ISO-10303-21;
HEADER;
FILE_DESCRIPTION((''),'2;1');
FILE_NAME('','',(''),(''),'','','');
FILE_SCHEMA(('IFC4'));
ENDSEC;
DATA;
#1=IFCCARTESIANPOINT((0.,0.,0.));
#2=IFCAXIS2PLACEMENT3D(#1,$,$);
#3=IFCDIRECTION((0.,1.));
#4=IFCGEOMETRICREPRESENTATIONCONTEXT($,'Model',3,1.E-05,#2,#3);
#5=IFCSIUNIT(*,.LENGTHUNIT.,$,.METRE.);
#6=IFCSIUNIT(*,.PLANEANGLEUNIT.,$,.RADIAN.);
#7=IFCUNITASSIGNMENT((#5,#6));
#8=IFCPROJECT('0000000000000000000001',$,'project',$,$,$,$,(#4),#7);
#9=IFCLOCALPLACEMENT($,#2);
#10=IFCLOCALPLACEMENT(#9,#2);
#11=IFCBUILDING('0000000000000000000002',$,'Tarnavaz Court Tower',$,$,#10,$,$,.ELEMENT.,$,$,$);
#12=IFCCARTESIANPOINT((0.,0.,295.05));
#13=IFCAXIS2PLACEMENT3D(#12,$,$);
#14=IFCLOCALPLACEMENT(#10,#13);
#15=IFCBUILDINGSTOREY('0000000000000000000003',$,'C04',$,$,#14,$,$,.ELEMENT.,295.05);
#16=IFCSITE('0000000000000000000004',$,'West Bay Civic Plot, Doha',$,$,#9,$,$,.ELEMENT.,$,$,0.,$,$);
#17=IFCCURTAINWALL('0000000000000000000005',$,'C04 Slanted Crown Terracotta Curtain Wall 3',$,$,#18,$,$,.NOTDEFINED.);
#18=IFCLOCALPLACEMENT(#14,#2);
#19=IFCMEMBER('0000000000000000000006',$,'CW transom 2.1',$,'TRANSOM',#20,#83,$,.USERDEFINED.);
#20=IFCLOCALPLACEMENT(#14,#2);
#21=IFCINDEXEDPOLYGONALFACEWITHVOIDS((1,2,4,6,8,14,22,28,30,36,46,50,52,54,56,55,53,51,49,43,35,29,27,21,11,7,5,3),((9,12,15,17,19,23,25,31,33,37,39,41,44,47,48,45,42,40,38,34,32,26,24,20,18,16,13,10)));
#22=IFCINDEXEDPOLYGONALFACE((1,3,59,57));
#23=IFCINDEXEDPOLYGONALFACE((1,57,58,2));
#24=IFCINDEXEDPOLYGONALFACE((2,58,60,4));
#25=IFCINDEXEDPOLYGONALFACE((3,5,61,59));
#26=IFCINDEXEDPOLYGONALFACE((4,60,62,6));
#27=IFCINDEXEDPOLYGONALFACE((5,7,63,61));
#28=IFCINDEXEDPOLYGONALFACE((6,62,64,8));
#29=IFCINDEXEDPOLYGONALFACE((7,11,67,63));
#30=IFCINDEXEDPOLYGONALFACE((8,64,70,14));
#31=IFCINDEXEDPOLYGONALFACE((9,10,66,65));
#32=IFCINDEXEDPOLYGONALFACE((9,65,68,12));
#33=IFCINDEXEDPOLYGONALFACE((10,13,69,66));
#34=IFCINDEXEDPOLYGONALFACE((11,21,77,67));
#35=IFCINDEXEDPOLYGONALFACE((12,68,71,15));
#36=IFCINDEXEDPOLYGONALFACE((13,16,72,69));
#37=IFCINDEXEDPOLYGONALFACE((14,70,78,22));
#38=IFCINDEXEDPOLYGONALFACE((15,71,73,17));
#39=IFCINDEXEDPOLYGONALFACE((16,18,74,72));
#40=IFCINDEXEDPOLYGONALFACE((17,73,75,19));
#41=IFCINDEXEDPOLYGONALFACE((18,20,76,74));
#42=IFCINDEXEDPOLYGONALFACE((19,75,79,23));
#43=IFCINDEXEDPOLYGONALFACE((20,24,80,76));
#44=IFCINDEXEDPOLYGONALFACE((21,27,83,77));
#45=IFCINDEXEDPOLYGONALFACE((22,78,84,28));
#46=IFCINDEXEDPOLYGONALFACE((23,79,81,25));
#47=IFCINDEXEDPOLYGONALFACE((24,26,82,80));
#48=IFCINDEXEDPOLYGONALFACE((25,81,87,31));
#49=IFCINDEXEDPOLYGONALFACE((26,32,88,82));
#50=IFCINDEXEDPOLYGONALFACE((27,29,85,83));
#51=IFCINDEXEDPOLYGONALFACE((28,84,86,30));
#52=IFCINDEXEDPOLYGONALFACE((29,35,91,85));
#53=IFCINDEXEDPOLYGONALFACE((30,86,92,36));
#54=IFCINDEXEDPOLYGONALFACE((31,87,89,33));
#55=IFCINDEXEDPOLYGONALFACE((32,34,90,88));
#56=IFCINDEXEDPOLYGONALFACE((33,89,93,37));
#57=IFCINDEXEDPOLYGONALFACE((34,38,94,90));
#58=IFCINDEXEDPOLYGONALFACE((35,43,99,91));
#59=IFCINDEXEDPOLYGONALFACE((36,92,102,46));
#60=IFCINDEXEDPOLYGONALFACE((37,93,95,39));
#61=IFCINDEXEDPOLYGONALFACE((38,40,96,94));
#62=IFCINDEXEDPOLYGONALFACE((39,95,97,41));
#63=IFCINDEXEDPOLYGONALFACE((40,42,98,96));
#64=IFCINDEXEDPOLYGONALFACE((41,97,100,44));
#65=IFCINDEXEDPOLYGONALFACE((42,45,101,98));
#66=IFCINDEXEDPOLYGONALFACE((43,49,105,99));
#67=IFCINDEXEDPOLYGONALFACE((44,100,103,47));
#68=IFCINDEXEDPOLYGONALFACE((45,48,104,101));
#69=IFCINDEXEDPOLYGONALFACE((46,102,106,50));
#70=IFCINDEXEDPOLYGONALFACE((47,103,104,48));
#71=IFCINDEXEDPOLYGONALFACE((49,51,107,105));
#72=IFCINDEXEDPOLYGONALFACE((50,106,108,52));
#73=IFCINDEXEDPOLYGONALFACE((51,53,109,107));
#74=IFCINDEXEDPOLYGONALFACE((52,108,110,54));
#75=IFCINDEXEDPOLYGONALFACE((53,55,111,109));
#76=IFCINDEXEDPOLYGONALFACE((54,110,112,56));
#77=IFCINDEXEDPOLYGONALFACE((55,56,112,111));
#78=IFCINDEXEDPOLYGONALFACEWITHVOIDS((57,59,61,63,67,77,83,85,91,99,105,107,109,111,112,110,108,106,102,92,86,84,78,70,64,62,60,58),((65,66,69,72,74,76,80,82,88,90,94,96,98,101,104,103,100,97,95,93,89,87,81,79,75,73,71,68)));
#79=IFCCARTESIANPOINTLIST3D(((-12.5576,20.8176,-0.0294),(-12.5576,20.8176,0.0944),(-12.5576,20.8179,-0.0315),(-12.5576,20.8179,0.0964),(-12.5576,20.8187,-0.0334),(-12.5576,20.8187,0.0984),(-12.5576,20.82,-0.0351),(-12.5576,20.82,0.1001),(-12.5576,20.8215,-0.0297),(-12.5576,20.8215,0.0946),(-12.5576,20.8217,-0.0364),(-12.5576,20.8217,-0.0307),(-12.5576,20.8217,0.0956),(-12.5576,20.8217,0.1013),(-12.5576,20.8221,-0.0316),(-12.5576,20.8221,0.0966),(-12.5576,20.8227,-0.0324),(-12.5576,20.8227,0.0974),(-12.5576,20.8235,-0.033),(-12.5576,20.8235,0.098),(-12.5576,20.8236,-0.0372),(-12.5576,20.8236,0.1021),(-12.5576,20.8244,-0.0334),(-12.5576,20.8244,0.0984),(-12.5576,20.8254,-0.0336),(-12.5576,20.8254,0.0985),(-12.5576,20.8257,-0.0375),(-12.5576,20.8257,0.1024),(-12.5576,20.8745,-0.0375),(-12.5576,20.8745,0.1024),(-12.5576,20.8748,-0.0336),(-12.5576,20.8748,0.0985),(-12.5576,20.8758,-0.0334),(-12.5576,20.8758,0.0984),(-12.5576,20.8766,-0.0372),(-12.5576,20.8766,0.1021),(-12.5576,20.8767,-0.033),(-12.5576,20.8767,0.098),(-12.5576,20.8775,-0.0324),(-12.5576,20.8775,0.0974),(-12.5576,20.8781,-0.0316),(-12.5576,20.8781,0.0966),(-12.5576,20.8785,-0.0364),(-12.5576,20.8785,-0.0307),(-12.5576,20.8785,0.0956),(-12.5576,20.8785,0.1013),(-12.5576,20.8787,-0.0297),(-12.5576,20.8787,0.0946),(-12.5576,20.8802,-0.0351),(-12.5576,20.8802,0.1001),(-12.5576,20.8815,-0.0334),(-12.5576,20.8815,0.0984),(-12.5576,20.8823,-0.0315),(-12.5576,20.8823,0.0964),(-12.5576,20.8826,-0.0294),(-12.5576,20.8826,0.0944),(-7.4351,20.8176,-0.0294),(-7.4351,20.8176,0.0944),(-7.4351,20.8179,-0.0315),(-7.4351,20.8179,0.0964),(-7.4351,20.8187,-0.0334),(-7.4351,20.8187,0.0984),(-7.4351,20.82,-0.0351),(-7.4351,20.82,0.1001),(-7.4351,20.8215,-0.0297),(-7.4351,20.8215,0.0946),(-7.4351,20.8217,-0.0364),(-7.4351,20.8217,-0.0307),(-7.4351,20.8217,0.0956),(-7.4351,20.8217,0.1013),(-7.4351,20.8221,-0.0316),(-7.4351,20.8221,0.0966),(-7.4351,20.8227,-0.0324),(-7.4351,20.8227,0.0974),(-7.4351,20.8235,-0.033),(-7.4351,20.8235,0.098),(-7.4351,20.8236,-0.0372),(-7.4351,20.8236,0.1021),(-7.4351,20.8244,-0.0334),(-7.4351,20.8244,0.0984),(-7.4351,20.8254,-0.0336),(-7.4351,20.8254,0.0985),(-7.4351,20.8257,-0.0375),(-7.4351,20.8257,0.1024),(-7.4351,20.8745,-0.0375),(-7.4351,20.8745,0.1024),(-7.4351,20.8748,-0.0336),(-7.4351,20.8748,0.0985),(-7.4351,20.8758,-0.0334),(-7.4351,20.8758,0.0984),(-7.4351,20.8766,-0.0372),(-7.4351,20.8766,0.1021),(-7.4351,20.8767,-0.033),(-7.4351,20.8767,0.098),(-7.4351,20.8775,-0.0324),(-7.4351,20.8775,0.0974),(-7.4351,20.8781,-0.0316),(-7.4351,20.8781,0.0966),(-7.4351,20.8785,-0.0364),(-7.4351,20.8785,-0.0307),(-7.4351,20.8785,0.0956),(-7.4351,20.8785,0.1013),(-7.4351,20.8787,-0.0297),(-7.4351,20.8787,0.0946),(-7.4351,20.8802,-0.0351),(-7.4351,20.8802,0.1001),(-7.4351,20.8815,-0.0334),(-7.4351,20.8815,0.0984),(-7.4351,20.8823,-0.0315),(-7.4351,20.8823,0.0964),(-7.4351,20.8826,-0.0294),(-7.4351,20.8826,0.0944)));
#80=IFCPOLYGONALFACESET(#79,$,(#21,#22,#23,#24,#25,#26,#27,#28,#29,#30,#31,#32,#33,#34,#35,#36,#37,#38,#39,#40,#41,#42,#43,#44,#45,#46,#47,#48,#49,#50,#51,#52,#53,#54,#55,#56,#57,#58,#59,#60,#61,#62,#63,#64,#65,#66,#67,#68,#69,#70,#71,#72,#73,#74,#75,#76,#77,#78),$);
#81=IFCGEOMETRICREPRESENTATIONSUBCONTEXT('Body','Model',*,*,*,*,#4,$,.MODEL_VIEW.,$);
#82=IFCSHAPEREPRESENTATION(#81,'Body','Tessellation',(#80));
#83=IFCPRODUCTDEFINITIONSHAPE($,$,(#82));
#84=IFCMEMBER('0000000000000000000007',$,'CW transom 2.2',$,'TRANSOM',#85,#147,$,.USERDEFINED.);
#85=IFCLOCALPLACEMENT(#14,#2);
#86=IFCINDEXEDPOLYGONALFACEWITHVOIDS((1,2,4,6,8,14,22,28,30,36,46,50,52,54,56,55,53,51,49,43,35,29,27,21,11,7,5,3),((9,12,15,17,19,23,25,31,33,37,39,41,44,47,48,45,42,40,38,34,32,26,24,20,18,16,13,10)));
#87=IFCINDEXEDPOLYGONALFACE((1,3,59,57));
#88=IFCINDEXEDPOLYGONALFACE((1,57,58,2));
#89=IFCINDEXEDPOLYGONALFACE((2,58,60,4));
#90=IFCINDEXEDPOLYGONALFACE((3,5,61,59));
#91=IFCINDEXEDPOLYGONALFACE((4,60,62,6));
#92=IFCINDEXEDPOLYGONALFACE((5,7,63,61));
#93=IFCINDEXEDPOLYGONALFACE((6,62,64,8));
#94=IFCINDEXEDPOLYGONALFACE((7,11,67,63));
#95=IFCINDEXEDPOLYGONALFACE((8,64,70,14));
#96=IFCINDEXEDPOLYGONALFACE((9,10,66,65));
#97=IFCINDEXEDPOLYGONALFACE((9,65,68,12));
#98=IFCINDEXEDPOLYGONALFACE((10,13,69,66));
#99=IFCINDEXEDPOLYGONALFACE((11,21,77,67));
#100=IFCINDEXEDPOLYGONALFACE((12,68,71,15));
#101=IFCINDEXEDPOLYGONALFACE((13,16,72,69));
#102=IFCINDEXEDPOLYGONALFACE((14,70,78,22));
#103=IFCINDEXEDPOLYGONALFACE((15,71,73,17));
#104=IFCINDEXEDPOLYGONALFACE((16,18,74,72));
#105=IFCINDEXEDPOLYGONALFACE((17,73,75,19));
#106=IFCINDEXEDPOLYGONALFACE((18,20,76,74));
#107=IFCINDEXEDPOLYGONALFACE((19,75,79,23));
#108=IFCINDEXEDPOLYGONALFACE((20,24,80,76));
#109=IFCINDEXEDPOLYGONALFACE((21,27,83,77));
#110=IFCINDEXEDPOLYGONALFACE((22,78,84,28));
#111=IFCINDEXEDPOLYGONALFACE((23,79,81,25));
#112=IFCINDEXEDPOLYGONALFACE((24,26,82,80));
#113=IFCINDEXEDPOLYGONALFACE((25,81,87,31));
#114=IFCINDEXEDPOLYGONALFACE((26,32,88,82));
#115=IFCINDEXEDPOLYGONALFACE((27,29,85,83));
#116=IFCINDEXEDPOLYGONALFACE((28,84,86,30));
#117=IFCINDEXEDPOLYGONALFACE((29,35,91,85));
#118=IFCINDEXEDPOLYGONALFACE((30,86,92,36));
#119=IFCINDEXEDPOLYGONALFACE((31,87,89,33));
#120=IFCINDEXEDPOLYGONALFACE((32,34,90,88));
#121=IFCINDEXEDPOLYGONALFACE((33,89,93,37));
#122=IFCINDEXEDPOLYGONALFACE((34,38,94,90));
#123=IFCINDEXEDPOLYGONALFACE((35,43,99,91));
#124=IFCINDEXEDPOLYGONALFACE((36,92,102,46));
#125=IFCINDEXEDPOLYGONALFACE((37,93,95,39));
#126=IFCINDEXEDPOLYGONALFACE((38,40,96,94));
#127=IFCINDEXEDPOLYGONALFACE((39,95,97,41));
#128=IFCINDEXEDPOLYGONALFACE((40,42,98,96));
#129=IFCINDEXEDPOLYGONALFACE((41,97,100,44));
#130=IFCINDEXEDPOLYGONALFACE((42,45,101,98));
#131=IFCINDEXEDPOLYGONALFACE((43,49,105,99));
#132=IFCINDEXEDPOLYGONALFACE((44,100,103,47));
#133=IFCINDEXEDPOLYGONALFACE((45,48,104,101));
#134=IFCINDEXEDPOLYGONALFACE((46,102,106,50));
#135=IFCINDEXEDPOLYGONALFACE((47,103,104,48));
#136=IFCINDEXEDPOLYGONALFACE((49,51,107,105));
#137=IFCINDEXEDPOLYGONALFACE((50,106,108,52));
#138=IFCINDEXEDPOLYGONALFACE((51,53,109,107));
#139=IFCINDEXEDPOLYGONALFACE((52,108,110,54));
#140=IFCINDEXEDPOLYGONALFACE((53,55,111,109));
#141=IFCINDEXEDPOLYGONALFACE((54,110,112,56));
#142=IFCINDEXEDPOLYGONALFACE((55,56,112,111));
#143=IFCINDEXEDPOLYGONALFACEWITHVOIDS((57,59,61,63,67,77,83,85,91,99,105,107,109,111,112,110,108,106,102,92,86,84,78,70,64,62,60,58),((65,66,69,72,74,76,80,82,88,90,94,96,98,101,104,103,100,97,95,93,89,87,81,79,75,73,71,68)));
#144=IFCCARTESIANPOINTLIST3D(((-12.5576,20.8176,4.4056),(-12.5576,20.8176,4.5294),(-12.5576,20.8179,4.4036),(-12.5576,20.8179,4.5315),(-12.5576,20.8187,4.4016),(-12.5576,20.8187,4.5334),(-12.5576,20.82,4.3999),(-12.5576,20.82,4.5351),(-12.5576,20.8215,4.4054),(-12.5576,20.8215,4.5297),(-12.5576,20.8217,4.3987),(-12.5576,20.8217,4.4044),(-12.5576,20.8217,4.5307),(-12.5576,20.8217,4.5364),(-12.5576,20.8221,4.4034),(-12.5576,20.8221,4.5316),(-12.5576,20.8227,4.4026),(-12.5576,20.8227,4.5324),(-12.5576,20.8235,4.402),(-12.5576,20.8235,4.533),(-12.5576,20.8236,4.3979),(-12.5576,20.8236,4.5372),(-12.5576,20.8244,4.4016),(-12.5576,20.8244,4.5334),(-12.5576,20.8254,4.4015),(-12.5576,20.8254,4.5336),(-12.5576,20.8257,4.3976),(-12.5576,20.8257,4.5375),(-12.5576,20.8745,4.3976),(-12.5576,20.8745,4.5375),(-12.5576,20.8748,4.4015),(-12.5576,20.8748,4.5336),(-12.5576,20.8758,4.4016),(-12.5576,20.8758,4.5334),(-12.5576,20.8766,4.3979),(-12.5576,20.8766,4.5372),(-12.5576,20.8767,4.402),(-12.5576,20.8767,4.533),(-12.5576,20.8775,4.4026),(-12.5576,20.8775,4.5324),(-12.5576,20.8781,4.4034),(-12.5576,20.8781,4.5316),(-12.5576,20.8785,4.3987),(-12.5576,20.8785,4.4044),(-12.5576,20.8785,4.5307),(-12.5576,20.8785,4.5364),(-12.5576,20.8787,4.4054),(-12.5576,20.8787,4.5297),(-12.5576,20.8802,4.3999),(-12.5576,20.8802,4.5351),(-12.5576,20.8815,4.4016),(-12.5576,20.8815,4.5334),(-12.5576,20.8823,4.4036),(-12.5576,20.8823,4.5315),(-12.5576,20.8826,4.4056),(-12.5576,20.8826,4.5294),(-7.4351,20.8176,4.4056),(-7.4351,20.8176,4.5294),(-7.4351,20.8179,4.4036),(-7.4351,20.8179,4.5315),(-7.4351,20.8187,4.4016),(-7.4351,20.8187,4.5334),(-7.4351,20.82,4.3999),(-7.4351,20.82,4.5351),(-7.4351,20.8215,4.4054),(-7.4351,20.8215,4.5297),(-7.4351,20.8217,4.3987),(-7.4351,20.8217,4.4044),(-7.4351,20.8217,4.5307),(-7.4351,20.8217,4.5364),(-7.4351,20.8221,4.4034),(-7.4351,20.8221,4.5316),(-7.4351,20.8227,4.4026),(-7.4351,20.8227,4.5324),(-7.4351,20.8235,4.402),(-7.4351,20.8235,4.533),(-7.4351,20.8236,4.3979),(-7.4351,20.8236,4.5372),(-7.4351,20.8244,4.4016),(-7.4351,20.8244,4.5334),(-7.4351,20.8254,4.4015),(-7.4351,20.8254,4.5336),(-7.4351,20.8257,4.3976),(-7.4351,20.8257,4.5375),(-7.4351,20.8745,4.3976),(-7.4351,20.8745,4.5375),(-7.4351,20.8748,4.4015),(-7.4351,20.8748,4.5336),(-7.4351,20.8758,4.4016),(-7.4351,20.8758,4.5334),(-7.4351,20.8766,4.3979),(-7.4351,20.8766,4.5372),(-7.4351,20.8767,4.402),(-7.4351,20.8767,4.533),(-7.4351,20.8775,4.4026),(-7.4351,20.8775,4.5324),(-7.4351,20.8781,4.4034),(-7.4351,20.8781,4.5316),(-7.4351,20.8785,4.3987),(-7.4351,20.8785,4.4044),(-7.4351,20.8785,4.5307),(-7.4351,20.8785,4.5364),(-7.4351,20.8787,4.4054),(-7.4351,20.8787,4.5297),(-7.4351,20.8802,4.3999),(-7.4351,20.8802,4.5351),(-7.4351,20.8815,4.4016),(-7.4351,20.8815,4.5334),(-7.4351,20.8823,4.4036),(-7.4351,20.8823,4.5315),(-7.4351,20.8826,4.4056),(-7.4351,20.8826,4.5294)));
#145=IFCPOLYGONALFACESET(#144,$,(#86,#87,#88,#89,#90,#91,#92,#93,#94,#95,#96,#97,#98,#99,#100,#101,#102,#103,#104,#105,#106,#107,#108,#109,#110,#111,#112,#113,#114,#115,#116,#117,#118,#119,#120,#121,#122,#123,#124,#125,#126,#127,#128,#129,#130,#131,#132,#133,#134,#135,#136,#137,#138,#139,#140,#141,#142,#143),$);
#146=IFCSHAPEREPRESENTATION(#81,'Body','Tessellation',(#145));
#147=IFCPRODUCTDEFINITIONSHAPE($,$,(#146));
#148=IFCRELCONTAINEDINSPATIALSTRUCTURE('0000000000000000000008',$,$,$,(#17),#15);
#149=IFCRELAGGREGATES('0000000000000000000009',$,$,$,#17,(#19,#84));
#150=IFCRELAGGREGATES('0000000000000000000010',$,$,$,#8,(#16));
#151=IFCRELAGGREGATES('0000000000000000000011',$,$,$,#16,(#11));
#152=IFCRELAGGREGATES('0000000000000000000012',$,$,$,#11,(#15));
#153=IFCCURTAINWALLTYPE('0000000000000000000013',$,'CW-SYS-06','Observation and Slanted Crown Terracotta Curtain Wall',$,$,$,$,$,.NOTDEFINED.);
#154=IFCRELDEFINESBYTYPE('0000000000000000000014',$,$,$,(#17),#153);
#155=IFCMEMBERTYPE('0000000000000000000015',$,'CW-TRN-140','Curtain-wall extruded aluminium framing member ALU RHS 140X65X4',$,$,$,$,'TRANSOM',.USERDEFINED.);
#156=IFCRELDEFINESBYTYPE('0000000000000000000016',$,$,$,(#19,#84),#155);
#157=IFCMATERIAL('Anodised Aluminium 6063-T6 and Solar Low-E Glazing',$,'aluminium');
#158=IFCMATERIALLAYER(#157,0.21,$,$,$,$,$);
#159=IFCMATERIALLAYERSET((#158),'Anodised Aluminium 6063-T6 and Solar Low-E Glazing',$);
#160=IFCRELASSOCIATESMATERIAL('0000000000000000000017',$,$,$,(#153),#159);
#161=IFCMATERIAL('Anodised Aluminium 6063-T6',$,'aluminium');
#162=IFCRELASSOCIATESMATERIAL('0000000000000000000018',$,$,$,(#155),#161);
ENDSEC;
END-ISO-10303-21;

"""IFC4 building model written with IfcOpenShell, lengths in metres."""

from ifc_helpers import new_model, si_unit, direction, frame, origin, origin_2d, place, context, subcontext, project, spatial, hollow_rectangle, extrude, material, layer, layer_set, material_profile, profile_set, type_object, element, aggregate, save


model = new_model("IFC4")

# Units and contexts
model_context = context("Model", 3, precision=1e-05, world=origin(), true_north=direction((0.0, 1.0)))
body_context = subcontext(model_context, "Body", "Model", "MODEL_VIEW")
ifc_project = project(units=[si_unit("LENGTHUNIT", "METRE"), si_unit("PLANEANGLEUNIT", "RADIAN")], contexts=[model_context])

# Site, building, storey
site_placement = place(None, origin())
site = spatial("IfcSite", under=ifc_project, at=site_placement, Name="West Bay Civic Plot, Doha", CompositionType="ELEMENT", RefElevation=0.0)
building_placement = place(site_placement, origin())
building = spatial("IfcBuilding", under=site, at=building_placement, Name="Tarnavaz Court Tower", CompositionType="ELEMENT")
storey_placement = place(building_placement, frame((0.0, 0.0, 295.05)))
storey = spatial("IfcBuildingStorey", under=building, at=storey_placement, Name="C04", CompositionType="ELEMENT", Elevation=295.05)

# Shared definitions
ifc_material_1 = material(Name="Anodised Aluminium 6063-T6 and Solar Low-E Glazing", Category="aluminium")
ifc_layer_1 = layer(ifc_material_1, 0.21)
ifc_layer_set_1 = layer_set([ifc_layer_1], Name="Anodised Aluminium 6063-T6 and Solar Low-E Glazing")
curtain_wall_type = type_object("IfcCurtainWallType", Name="CW-SYS-06", Description="Observation and Slanted Crown Terracotta Curtain Wall", PredefinedType="NOTDEFINED", material=ifc_layer_set_1)
ifc_material_2 = material(Name="Anodised Aluminium 6063-T6", Category="aluminium")

# Curtain wall
curtain_wall_1_placement = place(storey_placement, origin())
curtain_wall_1 = element("IfcCurtainWall", 1, at=curtain_wall_1_placement, inside=storey, type_object=curtain_wall_type, Name="C04 Slanted Crown Terracotta Curtain Wall 3", PredefinedType="NOTDEFINED")

# Members
ifc_material_profile_1 = material_profile(ifc_material_2, hollow_rectangle(XDim=0.0649, YDim=0.1399, WallThickness=0.0039, InnerFilletRadius=0.0039, OuterFilletRadius=0.0081, at=origin_2d()), Name="ALU RHS 140X65X4")
ifc_profile_set_1 = profile_set([ifc_material_profile_1], Name="Anodised Aluminium 6063-T6")
member_type_1 = type_object("IfcMemberType", Name="CW-TRN-140", Description="Curtain-wall extruded aluminium framing member ALU RHS 140X65X4", ElementType="TRANSOM", PredefinedType="USERDEFINED", material=ifc_profile_set_1)
member_1_placement = place(storey_placement, frame((-12.5576, 20.8501, 0.0325), z_axis=(1.0, 0.0, 0.0), x_axis=(0.0, 1.0, 0.0)))
member_1 = element("IfcMember", 2, at=member_1_placement, type_object=member_type_1, Name="CW transom 2.1", ObjectType="TRANSOM", PredefinedType="USERDEFINED", context=body_context, shape_type="SweptSolid", body=[
    extrude(hollow_rectangle(XDim=0.0649, YDim=0.1399, WallThickness=0.0039, InnerFilletRadius=0.0039, OuterFilletRadius=0.0081, at=origin_2d()), origin(), (0.0, 0.0, 1.0), 5.1226),
])
member_2_placement = place(storey_placement, frame((-12.5576, 20.8501, 4.4675), z_axis=(1.0, 0.0, 0.0), x_axis=(0.0, 1.0, 0.0)))
member_2 = element("IfcMember", 3, at=member_2_placement, type_object=member_type_1, Name="CW transom 2.2", ObjectType="TRANSOM", PredefinedType="USERDEFINED", context=body_context, shape_type="SweptSolid", body=[
    extrude(hollow_rectangle(XDim=0.0649, YDim=0.1399, WallThickness=0.0039, InnerFilletRadius=0.0039, OuterFilletRadius=0.0081, at=origin_2d()), origin(), (0.0, 0.0, 1.0), 5.1226),
])

aggregate(curtain_wall_1, [member_1, member_2])

save(model, "model.ifc")
